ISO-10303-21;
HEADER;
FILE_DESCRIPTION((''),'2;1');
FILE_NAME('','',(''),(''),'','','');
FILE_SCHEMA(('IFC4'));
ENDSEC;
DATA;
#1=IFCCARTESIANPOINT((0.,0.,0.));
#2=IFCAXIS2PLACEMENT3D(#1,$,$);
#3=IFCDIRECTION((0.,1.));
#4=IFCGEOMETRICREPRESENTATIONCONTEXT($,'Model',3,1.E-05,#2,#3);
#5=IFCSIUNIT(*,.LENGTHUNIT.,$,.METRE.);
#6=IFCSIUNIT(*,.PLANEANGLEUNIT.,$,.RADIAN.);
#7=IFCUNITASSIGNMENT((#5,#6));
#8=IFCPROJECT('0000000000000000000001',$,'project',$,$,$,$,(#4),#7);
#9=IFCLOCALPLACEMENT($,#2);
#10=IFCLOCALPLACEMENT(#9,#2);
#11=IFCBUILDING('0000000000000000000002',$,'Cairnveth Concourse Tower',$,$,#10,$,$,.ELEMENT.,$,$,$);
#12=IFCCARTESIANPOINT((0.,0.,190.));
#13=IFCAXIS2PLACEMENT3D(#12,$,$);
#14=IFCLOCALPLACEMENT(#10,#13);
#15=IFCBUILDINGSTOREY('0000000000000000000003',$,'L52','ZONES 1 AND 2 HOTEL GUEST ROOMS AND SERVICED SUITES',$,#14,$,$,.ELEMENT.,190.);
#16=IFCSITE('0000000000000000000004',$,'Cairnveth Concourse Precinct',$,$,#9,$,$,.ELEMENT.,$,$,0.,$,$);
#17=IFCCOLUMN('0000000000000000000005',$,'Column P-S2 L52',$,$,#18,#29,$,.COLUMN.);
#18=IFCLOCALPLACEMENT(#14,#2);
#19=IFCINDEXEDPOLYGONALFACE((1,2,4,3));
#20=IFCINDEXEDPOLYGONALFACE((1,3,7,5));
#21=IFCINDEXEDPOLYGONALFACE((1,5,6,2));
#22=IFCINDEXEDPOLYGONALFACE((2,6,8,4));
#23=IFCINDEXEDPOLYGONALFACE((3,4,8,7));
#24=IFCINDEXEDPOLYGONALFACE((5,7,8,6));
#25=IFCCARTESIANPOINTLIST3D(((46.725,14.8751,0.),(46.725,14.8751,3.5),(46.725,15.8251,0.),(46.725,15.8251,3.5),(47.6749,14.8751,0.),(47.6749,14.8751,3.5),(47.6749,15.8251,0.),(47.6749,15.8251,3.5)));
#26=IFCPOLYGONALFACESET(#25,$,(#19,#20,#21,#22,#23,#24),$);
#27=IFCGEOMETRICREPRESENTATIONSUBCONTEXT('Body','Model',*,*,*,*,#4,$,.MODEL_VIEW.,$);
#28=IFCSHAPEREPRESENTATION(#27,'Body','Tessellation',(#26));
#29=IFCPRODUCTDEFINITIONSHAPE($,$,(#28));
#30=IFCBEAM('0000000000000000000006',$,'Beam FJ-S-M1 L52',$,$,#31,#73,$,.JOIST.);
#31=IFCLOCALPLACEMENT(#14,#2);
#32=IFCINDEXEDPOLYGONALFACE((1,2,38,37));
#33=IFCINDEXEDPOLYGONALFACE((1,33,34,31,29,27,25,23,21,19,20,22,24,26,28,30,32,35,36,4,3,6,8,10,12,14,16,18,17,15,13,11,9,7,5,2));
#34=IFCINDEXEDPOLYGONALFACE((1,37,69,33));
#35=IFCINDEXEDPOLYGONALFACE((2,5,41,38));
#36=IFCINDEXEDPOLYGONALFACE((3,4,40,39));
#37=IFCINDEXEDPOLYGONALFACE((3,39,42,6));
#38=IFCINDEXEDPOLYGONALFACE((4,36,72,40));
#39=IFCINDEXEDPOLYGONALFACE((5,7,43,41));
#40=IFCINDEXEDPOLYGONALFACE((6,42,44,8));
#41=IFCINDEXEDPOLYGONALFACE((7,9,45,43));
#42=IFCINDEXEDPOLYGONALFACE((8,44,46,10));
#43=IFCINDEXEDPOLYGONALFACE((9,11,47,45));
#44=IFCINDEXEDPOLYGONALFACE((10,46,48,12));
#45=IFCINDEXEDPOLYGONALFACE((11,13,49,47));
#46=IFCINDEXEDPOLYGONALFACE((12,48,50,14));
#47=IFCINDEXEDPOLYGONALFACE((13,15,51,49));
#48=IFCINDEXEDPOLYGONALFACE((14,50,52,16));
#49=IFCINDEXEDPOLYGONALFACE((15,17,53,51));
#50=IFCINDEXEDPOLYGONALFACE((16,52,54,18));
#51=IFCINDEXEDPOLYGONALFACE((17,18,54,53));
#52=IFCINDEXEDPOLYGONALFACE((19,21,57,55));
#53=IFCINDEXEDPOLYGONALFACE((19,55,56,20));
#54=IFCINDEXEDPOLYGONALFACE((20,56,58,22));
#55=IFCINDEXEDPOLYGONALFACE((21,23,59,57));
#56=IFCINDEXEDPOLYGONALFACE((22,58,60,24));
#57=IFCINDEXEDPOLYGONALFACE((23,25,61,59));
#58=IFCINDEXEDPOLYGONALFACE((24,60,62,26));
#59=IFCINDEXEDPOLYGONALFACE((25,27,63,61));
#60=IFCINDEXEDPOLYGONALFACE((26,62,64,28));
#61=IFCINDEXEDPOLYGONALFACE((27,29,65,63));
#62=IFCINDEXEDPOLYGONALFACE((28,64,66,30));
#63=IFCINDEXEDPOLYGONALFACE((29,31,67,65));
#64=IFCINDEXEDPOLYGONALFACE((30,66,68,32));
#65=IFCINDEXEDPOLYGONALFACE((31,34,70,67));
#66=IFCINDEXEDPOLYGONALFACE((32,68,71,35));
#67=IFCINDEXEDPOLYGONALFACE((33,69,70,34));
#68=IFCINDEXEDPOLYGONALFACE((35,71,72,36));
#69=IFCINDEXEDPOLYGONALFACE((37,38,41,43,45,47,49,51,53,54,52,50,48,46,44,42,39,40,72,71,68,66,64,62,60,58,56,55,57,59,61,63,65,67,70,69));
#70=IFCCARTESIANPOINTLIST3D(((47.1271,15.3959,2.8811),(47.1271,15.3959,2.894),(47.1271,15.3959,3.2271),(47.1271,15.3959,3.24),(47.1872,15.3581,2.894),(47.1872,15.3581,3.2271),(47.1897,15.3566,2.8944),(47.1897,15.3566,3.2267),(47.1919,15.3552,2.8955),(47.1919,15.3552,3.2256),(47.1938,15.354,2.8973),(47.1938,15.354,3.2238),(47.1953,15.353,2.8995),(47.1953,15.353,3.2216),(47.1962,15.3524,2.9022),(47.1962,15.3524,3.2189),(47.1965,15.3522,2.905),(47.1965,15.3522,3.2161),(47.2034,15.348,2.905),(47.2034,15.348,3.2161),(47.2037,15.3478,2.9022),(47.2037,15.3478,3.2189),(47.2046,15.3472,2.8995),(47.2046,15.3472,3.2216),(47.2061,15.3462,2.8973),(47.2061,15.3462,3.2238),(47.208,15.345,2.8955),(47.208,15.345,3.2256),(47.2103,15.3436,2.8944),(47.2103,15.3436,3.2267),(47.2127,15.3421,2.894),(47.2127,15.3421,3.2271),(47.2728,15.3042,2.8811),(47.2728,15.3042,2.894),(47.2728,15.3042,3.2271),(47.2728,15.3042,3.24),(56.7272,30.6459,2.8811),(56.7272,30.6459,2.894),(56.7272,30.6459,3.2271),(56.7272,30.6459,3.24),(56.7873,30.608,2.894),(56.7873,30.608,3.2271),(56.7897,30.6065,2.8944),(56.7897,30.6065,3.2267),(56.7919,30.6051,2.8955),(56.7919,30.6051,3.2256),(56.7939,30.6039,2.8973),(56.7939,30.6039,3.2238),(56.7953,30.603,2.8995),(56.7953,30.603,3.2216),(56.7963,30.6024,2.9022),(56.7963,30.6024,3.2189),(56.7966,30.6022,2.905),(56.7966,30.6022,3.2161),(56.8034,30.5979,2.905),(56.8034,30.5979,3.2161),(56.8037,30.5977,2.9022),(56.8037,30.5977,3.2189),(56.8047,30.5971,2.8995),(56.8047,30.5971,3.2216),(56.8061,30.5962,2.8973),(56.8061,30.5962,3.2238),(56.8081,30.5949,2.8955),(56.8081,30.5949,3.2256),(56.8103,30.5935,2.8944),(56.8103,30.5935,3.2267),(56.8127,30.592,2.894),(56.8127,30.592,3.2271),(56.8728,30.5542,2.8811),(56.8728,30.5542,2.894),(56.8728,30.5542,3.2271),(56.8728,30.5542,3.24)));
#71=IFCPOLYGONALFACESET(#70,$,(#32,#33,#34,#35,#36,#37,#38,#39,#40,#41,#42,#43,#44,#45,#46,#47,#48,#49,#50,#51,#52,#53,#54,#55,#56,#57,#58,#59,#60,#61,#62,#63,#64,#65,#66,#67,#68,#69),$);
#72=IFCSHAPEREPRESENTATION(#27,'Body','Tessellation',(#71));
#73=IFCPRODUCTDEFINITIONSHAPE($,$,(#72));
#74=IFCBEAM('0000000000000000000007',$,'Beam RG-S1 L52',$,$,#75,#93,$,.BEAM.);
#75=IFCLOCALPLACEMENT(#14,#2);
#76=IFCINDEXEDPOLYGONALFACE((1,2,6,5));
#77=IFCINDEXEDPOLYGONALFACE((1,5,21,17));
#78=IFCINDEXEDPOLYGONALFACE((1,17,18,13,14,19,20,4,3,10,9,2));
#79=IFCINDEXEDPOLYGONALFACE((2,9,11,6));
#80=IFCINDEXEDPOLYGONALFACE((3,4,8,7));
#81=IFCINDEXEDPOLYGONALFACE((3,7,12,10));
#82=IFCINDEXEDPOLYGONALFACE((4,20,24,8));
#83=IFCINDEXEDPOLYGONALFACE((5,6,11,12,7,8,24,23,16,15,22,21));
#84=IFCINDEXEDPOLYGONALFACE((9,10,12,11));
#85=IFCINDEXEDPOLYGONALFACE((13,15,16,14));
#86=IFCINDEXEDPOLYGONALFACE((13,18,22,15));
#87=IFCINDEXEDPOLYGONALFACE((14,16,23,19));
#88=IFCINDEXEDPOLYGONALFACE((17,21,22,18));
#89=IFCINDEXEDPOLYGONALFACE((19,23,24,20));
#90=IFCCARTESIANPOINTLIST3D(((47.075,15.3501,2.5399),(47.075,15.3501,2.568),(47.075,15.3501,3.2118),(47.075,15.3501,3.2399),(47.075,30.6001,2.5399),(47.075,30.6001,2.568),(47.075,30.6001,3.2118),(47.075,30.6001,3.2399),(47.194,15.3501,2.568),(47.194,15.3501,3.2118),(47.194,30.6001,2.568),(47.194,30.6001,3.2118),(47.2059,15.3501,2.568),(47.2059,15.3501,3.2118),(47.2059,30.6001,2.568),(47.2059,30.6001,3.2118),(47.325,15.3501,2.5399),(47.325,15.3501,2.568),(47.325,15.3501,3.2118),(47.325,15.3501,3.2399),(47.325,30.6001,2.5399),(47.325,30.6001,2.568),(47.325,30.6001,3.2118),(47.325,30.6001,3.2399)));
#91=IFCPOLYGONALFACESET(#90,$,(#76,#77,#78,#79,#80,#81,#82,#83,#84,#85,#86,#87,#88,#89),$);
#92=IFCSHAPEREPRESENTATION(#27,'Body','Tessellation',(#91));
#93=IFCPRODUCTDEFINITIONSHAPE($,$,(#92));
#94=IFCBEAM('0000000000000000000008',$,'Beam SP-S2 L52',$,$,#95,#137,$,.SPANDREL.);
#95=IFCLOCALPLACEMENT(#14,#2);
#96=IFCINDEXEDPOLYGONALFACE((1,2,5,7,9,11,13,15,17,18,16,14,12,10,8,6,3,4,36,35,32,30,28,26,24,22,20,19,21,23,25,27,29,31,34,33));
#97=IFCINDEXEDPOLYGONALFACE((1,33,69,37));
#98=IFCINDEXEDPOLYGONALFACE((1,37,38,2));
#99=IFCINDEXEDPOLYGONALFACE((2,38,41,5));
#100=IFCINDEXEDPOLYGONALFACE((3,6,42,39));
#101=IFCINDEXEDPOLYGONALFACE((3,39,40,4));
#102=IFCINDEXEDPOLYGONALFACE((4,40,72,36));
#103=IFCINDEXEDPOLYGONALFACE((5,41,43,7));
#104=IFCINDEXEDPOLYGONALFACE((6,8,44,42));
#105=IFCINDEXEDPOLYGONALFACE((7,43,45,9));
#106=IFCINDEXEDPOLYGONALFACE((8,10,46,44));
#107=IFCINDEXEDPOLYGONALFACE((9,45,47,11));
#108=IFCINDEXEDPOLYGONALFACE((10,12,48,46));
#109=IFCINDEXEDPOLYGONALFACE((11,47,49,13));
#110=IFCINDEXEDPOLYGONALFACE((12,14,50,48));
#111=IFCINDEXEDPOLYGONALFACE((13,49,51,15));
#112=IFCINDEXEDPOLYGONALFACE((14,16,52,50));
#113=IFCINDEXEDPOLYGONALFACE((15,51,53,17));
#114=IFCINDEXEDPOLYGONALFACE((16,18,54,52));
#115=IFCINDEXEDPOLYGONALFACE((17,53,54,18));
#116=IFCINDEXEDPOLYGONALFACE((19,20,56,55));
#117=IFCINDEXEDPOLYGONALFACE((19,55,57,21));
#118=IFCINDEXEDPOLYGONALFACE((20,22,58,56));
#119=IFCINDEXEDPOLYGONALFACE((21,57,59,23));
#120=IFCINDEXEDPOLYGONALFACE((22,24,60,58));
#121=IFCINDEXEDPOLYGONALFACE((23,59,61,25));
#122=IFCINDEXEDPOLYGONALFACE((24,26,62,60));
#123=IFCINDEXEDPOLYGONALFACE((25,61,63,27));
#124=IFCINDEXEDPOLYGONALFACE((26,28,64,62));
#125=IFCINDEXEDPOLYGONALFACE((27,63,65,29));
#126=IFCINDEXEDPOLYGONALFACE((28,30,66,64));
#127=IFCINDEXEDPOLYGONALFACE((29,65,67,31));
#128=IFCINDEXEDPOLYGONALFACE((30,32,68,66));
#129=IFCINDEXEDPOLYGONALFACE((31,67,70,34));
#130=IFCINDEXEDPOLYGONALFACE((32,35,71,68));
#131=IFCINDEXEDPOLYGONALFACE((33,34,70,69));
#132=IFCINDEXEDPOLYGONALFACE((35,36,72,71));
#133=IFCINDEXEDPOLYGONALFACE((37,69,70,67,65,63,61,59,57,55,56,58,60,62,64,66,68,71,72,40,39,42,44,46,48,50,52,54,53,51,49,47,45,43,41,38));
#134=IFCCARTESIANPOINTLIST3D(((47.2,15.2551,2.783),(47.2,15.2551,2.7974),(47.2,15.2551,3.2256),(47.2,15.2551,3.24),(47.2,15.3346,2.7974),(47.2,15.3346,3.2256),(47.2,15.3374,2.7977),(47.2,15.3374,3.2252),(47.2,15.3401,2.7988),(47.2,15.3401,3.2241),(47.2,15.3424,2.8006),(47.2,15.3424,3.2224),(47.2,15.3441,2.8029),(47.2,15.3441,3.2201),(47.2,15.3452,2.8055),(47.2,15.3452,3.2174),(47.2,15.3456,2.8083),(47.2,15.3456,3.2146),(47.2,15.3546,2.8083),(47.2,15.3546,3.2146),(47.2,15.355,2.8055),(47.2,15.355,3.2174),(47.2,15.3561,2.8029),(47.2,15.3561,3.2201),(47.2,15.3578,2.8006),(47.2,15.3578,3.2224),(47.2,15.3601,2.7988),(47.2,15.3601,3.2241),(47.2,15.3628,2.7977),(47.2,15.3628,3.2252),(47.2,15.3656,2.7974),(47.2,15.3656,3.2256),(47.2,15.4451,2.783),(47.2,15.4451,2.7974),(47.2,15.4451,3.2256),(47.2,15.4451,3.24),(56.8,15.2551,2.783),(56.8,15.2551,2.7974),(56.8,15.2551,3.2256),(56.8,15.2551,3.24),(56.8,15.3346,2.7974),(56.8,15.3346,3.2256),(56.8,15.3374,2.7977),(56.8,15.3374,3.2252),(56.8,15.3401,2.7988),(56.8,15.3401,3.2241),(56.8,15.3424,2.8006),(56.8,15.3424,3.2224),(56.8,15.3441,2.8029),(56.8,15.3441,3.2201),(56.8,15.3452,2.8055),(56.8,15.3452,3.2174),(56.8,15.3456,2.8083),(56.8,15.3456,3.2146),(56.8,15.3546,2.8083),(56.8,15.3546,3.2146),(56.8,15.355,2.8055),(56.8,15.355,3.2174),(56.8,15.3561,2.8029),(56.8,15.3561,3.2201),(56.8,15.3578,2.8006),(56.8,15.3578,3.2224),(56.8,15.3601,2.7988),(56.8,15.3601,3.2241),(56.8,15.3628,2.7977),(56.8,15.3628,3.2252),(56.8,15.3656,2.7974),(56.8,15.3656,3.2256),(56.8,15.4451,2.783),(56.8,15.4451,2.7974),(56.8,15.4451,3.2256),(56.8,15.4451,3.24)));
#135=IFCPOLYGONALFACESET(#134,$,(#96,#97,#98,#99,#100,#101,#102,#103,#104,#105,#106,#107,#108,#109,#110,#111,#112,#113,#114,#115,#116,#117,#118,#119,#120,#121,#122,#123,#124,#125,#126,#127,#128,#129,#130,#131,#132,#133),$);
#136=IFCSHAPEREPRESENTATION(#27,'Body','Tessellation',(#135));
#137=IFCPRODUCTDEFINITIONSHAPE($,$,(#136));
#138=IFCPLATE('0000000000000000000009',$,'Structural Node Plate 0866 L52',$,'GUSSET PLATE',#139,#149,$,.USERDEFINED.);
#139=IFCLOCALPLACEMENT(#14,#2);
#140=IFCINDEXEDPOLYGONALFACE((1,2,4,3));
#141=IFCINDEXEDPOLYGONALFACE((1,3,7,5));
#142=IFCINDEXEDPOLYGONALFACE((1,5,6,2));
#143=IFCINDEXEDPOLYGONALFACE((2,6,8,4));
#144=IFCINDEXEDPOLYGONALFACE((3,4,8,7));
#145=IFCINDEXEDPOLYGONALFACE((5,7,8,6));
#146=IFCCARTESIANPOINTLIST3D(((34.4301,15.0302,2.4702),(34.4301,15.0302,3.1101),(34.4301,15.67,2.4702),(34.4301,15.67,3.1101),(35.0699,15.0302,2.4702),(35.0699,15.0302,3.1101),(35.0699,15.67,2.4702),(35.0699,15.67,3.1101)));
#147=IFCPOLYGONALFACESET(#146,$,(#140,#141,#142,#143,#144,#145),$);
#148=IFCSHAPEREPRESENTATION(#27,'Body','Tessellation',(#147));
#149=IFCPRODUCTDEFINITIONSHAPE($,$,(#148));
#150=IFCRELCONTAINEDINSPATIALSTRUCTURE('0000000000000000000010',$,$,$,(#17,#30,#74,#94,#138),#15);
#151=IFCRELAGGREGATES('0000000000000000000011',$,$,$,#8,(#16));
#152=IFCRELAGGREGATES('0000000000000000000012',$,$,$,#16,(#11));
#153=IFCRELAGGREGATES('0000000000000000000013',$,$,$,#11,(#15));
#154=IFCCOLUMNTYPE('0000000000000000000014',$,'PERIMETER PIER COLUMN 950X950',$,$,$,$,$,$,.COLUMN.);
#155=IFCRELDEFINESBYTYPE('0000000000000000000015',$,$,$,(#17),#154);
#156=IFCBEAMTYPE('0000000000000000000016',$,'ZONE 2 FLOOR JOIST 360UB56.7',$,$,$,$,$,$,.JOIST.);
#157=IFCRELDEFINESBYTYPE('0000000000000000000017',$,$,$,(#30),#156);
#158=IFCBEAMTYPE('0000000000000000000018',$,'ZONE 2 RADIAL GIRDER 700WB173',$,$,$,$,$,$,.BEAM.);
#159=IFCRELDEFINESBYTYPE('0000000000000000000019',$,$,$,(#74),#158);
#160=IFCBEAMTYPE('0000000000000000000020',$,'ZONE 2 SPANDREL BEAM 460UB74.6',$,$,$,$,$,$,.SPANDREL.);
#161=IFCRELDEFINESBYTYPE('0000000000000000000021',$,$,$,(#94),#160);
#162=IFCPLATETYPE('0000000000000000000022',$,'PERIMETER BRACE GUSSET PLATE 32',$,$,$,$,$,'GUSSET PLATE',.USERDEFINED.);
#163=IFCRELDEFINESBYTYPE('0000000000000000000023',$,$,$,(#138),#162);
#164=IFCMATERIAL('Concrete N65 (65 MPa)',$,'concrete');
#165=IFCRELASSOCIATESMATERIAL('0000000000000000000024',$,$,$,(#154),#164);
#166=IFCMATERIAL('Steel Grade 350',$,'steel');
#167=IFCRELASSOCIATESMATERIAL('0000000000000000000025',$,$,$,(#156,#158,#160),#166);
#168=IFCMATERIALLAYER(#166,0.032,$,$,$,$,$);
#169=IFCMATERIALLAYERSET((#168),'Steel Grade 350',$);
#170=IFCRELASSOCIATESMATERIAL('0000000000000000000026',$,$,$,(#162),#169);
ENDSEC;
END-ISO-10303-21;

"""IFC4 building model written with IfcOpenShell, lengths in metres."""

from ifc_helpers import new_model, si_unit, direction, frame, origin, origin_2d, place, context, subcontext, project, spatial, rectangle, i_section, extrude, material, layer, layer_set, material_profile, profile_set, type_object, element, save


model = new_model("IFC4")

# Units and contexts
model_context = context("Model", 3, precision=1e-05, world=origin(), true_north=direction((0.0, 1.0)))
body_context = subcontext(model_context, "Body", "Model", "MODEL_VIEW")
ifc_project = project(units=[si_unit("LENGTHUNIT", "METRE"), si_unit("PLANEANGLEUNIT", "RADIAN")], contexts=[model_context])

# Site, building, storey
site_placement = place(None, origin())
site = spatial("IfcSite", under=ifc_project, at=site_placement, Name="Cairnveth Concourse Precinct", CompositionType="ELEMENT", RefElevation=0.0)
building_placement = place(site_placement, origin())
building = spatial("IfcBuilding", under=site, at=building_placement, Name="Cairnveth Concourse Tower", CompositionType="ELEMENT")
storey_placement = place(building_placement, frame((0.0, 0.0, 190.0)))
storey = spatial("IfcBuildingStorey", under=building, at=storey_placement, Name="L52", Description="ZONES 1 AND 2 HOTEL GUEST ROOMS AND SERVICED SUITES", CompositionType="ELEMENT", Elevation=190.0)

# Column
ifc_material_1 = material(Name="Concrete N65 (65 MPa)", Category="concrete")
ifc_material_profile_1 = material_profile(ifc_material_1, rectangle(XDim=0.95, YDim=0.95, at=origin_2d()), Name="RC-COL-950x950")
ifc_profile_set_1 = profile_set([ifc_material_profile_1], Name="Concrete N65 (65 MPa)")
column_type = type_object("IfcColumnType", Name="PERIMETER PIER COLUMN 950X950", PredefinedType="COLUMN", material=ifc_profile_set_1)
column_placement = place(storey_placement, frame((47.2, 15.3501, 0.0), z_axis=(0.0, 0.0, 1.0), x_axis=(1.0, 0.0, 0.0)))
element("IfcColumn", 1, at=column_placement, inside=storey, type_object=column_type, Name="Column P-S2 L52", PredefinedType="COLUMN", context=body_context, shape_type="SweptSolid", body=[
    extrude(rectangle(XDim=0.95, YDim=0.95, at=origin_2d()), origin(), (0.0, 0.0, 1.0), 3.5),
])

# Beams
ifc_material_2 = material(Name="Steel Grade 350", Category="steel")
ifc_material_profile_2 = material_profile(ifc_material_2, i_section(OverallWidth=0.1721, OverallDepth=0.3589, WebThickness=0.0081, FlangeThickness=0.0129, FilletRadius=0.011, at=origin_2d()), Name="360UB56.7")
ifc_profile_set_2 = profile_set([ifc_material_profile_2], Name="Steel Grade 350")
beam_type_1 = type_object("IfcBeamType", Name="ZONE 2 FLOOR JOIST 360UB56.7", PredefinedType="JOIST", material=ifc_profile_set_2)
beam_1_placement = place(storey_placement, frame((47.2, 15.3501, 3.0605), z_axis=(0.532744, 0.846277, 0.0), x_axis=(-0.846277, 0.532744, 0.0)))
element("IfcBeam", 2, at=beam_1_placement, inside=storey, type_object=beam_type_1, Name="Beam FJ-S-M1 L52", PredefinedType="JOIST", context=body_context, shape_type="SweptSolid", body=[
    extrude(i_section(OverallWidth=0.1721, OverallDepth=0.3589, WebThickness=0.0081, FlangeThickness=0.0129, FilletRadius=0.011, at=origin_2d()), origin(), (0.0, 0.0, 1.0), 18.02),
])
ifc_material_profile_3 = material_profile(ifc_material_2, i_section(OverallWidth=0.25, OverallDepth=0.7, WebThickness=0.012, FlangeThickness=0.0281, at=origin_2d()), Name="700WB173")
ifc_profile_set_3 = profile_set([ifc_material_profile_3], Name="Steel Grade 350")
beam_type_2 = type_object("IfcBeamType", Name="ZONE 2 RADIAL GIRDER 700WB173", PredefinedType="BEAM", material=ifc_profile_set_3)
beam_2_placement = place(storey_placement, frame((47.2, 15.3501, 2.8899), z_axis=(0.0, 1.0, 0.0), x_axis=(-1.0, 0.0, 0.0)))
element("IfcBeam", 3, at=beam_2_placement, inside=storey, type_object=beam_type_2, Name="Beam RG-S1 L52", PredefinedType="BEAM", context=body_context, shape_type="SweptSolid", body=[
    extrude(i_section(OverallWidth=0.25, OverallDepth=0.7, WebThickness=0.012, FlangeThickness=0.0281, at=origin_2d()), origin(), (0.0, 0.0, 1.0), 15.25),
])
ifc_material_profile_4 = material_profile(ifc_material_2, i_section(OverallWidth=0.1899, OverallDepth=0.457, WebThickness=0.009, FlangeThickness=0.0144, FilletRadius=0.011, at=origin_2d()), Name="460UB74.6")
ifc_profile_set_4 = profile_set([ifc_material_profile_4], Name="Steel Grade 350")
beam_type_3 = type_object("IfcBeamType", Name="ZONE 2 SPANDREL BEAM 460UB74.6", PredefinedType="SPANDREL", material=ifc_profile_set_4)
beam_3_placement = place(storey_placement, frame((47.2, 15.3501, 3.0115), z_axis=(1.0, 0.0, 0.0), x_axis=(0.0, 1.0, 0.0)))
element("IfcBeam", 4, at=beam_3_placement, inside=storey, type_object=beam_type_3, Name="Beam SP-S2 L52", PredefinedType="SPANDREL", context=body_context, shape_type="SweptSolid", body=[
    extrude(i_section(OverallWidth=0.1899, OverallDepth=0.457, WebThickness=0.009, FlangeThickness=0.0144, FilletRadius=0.011, at=origin_2d()), origin(), (0.0, 0.0, 1.0), 9.6001),
])

# Plate
ifc_layer_1 = layer(ifc_material_2, 0.032)
ifc_layer_set_1 = layer_set([ifc_layer_1], Name="Steel Grade 350")
plate_type = type_object("IfcPlateType", Name="PERIMETER BRACE GUSSET PLATE 32", ElementType="GUSSET PLATE", PredefinedType="USERDEFINED", material=ifc_layer_set_1)
plate_placement = place(storey_placement, frame((34.75, 15.3501, 2.4702), z_axis=(0.0, 0.0, 1.0), x_axis=(1.0, 0.0, 0.0)))
element("IfcPlate", 5, at=plate_placement, inside=storey, type_object=plate_type, Name="Structural Node Plate 0866 L52", ObjectType="GUSSET PLATE", PredefinedType="USERDEFINED", context=body_context, shape_type="SweptSolid", body=[
    extrude(rectangle(XDim=0.6399, YDim=0.6399, at=origin_2d()), origin(), (0.0, 0.0, 1.0), 0.6399),
])

save(model, "model.ifc")
